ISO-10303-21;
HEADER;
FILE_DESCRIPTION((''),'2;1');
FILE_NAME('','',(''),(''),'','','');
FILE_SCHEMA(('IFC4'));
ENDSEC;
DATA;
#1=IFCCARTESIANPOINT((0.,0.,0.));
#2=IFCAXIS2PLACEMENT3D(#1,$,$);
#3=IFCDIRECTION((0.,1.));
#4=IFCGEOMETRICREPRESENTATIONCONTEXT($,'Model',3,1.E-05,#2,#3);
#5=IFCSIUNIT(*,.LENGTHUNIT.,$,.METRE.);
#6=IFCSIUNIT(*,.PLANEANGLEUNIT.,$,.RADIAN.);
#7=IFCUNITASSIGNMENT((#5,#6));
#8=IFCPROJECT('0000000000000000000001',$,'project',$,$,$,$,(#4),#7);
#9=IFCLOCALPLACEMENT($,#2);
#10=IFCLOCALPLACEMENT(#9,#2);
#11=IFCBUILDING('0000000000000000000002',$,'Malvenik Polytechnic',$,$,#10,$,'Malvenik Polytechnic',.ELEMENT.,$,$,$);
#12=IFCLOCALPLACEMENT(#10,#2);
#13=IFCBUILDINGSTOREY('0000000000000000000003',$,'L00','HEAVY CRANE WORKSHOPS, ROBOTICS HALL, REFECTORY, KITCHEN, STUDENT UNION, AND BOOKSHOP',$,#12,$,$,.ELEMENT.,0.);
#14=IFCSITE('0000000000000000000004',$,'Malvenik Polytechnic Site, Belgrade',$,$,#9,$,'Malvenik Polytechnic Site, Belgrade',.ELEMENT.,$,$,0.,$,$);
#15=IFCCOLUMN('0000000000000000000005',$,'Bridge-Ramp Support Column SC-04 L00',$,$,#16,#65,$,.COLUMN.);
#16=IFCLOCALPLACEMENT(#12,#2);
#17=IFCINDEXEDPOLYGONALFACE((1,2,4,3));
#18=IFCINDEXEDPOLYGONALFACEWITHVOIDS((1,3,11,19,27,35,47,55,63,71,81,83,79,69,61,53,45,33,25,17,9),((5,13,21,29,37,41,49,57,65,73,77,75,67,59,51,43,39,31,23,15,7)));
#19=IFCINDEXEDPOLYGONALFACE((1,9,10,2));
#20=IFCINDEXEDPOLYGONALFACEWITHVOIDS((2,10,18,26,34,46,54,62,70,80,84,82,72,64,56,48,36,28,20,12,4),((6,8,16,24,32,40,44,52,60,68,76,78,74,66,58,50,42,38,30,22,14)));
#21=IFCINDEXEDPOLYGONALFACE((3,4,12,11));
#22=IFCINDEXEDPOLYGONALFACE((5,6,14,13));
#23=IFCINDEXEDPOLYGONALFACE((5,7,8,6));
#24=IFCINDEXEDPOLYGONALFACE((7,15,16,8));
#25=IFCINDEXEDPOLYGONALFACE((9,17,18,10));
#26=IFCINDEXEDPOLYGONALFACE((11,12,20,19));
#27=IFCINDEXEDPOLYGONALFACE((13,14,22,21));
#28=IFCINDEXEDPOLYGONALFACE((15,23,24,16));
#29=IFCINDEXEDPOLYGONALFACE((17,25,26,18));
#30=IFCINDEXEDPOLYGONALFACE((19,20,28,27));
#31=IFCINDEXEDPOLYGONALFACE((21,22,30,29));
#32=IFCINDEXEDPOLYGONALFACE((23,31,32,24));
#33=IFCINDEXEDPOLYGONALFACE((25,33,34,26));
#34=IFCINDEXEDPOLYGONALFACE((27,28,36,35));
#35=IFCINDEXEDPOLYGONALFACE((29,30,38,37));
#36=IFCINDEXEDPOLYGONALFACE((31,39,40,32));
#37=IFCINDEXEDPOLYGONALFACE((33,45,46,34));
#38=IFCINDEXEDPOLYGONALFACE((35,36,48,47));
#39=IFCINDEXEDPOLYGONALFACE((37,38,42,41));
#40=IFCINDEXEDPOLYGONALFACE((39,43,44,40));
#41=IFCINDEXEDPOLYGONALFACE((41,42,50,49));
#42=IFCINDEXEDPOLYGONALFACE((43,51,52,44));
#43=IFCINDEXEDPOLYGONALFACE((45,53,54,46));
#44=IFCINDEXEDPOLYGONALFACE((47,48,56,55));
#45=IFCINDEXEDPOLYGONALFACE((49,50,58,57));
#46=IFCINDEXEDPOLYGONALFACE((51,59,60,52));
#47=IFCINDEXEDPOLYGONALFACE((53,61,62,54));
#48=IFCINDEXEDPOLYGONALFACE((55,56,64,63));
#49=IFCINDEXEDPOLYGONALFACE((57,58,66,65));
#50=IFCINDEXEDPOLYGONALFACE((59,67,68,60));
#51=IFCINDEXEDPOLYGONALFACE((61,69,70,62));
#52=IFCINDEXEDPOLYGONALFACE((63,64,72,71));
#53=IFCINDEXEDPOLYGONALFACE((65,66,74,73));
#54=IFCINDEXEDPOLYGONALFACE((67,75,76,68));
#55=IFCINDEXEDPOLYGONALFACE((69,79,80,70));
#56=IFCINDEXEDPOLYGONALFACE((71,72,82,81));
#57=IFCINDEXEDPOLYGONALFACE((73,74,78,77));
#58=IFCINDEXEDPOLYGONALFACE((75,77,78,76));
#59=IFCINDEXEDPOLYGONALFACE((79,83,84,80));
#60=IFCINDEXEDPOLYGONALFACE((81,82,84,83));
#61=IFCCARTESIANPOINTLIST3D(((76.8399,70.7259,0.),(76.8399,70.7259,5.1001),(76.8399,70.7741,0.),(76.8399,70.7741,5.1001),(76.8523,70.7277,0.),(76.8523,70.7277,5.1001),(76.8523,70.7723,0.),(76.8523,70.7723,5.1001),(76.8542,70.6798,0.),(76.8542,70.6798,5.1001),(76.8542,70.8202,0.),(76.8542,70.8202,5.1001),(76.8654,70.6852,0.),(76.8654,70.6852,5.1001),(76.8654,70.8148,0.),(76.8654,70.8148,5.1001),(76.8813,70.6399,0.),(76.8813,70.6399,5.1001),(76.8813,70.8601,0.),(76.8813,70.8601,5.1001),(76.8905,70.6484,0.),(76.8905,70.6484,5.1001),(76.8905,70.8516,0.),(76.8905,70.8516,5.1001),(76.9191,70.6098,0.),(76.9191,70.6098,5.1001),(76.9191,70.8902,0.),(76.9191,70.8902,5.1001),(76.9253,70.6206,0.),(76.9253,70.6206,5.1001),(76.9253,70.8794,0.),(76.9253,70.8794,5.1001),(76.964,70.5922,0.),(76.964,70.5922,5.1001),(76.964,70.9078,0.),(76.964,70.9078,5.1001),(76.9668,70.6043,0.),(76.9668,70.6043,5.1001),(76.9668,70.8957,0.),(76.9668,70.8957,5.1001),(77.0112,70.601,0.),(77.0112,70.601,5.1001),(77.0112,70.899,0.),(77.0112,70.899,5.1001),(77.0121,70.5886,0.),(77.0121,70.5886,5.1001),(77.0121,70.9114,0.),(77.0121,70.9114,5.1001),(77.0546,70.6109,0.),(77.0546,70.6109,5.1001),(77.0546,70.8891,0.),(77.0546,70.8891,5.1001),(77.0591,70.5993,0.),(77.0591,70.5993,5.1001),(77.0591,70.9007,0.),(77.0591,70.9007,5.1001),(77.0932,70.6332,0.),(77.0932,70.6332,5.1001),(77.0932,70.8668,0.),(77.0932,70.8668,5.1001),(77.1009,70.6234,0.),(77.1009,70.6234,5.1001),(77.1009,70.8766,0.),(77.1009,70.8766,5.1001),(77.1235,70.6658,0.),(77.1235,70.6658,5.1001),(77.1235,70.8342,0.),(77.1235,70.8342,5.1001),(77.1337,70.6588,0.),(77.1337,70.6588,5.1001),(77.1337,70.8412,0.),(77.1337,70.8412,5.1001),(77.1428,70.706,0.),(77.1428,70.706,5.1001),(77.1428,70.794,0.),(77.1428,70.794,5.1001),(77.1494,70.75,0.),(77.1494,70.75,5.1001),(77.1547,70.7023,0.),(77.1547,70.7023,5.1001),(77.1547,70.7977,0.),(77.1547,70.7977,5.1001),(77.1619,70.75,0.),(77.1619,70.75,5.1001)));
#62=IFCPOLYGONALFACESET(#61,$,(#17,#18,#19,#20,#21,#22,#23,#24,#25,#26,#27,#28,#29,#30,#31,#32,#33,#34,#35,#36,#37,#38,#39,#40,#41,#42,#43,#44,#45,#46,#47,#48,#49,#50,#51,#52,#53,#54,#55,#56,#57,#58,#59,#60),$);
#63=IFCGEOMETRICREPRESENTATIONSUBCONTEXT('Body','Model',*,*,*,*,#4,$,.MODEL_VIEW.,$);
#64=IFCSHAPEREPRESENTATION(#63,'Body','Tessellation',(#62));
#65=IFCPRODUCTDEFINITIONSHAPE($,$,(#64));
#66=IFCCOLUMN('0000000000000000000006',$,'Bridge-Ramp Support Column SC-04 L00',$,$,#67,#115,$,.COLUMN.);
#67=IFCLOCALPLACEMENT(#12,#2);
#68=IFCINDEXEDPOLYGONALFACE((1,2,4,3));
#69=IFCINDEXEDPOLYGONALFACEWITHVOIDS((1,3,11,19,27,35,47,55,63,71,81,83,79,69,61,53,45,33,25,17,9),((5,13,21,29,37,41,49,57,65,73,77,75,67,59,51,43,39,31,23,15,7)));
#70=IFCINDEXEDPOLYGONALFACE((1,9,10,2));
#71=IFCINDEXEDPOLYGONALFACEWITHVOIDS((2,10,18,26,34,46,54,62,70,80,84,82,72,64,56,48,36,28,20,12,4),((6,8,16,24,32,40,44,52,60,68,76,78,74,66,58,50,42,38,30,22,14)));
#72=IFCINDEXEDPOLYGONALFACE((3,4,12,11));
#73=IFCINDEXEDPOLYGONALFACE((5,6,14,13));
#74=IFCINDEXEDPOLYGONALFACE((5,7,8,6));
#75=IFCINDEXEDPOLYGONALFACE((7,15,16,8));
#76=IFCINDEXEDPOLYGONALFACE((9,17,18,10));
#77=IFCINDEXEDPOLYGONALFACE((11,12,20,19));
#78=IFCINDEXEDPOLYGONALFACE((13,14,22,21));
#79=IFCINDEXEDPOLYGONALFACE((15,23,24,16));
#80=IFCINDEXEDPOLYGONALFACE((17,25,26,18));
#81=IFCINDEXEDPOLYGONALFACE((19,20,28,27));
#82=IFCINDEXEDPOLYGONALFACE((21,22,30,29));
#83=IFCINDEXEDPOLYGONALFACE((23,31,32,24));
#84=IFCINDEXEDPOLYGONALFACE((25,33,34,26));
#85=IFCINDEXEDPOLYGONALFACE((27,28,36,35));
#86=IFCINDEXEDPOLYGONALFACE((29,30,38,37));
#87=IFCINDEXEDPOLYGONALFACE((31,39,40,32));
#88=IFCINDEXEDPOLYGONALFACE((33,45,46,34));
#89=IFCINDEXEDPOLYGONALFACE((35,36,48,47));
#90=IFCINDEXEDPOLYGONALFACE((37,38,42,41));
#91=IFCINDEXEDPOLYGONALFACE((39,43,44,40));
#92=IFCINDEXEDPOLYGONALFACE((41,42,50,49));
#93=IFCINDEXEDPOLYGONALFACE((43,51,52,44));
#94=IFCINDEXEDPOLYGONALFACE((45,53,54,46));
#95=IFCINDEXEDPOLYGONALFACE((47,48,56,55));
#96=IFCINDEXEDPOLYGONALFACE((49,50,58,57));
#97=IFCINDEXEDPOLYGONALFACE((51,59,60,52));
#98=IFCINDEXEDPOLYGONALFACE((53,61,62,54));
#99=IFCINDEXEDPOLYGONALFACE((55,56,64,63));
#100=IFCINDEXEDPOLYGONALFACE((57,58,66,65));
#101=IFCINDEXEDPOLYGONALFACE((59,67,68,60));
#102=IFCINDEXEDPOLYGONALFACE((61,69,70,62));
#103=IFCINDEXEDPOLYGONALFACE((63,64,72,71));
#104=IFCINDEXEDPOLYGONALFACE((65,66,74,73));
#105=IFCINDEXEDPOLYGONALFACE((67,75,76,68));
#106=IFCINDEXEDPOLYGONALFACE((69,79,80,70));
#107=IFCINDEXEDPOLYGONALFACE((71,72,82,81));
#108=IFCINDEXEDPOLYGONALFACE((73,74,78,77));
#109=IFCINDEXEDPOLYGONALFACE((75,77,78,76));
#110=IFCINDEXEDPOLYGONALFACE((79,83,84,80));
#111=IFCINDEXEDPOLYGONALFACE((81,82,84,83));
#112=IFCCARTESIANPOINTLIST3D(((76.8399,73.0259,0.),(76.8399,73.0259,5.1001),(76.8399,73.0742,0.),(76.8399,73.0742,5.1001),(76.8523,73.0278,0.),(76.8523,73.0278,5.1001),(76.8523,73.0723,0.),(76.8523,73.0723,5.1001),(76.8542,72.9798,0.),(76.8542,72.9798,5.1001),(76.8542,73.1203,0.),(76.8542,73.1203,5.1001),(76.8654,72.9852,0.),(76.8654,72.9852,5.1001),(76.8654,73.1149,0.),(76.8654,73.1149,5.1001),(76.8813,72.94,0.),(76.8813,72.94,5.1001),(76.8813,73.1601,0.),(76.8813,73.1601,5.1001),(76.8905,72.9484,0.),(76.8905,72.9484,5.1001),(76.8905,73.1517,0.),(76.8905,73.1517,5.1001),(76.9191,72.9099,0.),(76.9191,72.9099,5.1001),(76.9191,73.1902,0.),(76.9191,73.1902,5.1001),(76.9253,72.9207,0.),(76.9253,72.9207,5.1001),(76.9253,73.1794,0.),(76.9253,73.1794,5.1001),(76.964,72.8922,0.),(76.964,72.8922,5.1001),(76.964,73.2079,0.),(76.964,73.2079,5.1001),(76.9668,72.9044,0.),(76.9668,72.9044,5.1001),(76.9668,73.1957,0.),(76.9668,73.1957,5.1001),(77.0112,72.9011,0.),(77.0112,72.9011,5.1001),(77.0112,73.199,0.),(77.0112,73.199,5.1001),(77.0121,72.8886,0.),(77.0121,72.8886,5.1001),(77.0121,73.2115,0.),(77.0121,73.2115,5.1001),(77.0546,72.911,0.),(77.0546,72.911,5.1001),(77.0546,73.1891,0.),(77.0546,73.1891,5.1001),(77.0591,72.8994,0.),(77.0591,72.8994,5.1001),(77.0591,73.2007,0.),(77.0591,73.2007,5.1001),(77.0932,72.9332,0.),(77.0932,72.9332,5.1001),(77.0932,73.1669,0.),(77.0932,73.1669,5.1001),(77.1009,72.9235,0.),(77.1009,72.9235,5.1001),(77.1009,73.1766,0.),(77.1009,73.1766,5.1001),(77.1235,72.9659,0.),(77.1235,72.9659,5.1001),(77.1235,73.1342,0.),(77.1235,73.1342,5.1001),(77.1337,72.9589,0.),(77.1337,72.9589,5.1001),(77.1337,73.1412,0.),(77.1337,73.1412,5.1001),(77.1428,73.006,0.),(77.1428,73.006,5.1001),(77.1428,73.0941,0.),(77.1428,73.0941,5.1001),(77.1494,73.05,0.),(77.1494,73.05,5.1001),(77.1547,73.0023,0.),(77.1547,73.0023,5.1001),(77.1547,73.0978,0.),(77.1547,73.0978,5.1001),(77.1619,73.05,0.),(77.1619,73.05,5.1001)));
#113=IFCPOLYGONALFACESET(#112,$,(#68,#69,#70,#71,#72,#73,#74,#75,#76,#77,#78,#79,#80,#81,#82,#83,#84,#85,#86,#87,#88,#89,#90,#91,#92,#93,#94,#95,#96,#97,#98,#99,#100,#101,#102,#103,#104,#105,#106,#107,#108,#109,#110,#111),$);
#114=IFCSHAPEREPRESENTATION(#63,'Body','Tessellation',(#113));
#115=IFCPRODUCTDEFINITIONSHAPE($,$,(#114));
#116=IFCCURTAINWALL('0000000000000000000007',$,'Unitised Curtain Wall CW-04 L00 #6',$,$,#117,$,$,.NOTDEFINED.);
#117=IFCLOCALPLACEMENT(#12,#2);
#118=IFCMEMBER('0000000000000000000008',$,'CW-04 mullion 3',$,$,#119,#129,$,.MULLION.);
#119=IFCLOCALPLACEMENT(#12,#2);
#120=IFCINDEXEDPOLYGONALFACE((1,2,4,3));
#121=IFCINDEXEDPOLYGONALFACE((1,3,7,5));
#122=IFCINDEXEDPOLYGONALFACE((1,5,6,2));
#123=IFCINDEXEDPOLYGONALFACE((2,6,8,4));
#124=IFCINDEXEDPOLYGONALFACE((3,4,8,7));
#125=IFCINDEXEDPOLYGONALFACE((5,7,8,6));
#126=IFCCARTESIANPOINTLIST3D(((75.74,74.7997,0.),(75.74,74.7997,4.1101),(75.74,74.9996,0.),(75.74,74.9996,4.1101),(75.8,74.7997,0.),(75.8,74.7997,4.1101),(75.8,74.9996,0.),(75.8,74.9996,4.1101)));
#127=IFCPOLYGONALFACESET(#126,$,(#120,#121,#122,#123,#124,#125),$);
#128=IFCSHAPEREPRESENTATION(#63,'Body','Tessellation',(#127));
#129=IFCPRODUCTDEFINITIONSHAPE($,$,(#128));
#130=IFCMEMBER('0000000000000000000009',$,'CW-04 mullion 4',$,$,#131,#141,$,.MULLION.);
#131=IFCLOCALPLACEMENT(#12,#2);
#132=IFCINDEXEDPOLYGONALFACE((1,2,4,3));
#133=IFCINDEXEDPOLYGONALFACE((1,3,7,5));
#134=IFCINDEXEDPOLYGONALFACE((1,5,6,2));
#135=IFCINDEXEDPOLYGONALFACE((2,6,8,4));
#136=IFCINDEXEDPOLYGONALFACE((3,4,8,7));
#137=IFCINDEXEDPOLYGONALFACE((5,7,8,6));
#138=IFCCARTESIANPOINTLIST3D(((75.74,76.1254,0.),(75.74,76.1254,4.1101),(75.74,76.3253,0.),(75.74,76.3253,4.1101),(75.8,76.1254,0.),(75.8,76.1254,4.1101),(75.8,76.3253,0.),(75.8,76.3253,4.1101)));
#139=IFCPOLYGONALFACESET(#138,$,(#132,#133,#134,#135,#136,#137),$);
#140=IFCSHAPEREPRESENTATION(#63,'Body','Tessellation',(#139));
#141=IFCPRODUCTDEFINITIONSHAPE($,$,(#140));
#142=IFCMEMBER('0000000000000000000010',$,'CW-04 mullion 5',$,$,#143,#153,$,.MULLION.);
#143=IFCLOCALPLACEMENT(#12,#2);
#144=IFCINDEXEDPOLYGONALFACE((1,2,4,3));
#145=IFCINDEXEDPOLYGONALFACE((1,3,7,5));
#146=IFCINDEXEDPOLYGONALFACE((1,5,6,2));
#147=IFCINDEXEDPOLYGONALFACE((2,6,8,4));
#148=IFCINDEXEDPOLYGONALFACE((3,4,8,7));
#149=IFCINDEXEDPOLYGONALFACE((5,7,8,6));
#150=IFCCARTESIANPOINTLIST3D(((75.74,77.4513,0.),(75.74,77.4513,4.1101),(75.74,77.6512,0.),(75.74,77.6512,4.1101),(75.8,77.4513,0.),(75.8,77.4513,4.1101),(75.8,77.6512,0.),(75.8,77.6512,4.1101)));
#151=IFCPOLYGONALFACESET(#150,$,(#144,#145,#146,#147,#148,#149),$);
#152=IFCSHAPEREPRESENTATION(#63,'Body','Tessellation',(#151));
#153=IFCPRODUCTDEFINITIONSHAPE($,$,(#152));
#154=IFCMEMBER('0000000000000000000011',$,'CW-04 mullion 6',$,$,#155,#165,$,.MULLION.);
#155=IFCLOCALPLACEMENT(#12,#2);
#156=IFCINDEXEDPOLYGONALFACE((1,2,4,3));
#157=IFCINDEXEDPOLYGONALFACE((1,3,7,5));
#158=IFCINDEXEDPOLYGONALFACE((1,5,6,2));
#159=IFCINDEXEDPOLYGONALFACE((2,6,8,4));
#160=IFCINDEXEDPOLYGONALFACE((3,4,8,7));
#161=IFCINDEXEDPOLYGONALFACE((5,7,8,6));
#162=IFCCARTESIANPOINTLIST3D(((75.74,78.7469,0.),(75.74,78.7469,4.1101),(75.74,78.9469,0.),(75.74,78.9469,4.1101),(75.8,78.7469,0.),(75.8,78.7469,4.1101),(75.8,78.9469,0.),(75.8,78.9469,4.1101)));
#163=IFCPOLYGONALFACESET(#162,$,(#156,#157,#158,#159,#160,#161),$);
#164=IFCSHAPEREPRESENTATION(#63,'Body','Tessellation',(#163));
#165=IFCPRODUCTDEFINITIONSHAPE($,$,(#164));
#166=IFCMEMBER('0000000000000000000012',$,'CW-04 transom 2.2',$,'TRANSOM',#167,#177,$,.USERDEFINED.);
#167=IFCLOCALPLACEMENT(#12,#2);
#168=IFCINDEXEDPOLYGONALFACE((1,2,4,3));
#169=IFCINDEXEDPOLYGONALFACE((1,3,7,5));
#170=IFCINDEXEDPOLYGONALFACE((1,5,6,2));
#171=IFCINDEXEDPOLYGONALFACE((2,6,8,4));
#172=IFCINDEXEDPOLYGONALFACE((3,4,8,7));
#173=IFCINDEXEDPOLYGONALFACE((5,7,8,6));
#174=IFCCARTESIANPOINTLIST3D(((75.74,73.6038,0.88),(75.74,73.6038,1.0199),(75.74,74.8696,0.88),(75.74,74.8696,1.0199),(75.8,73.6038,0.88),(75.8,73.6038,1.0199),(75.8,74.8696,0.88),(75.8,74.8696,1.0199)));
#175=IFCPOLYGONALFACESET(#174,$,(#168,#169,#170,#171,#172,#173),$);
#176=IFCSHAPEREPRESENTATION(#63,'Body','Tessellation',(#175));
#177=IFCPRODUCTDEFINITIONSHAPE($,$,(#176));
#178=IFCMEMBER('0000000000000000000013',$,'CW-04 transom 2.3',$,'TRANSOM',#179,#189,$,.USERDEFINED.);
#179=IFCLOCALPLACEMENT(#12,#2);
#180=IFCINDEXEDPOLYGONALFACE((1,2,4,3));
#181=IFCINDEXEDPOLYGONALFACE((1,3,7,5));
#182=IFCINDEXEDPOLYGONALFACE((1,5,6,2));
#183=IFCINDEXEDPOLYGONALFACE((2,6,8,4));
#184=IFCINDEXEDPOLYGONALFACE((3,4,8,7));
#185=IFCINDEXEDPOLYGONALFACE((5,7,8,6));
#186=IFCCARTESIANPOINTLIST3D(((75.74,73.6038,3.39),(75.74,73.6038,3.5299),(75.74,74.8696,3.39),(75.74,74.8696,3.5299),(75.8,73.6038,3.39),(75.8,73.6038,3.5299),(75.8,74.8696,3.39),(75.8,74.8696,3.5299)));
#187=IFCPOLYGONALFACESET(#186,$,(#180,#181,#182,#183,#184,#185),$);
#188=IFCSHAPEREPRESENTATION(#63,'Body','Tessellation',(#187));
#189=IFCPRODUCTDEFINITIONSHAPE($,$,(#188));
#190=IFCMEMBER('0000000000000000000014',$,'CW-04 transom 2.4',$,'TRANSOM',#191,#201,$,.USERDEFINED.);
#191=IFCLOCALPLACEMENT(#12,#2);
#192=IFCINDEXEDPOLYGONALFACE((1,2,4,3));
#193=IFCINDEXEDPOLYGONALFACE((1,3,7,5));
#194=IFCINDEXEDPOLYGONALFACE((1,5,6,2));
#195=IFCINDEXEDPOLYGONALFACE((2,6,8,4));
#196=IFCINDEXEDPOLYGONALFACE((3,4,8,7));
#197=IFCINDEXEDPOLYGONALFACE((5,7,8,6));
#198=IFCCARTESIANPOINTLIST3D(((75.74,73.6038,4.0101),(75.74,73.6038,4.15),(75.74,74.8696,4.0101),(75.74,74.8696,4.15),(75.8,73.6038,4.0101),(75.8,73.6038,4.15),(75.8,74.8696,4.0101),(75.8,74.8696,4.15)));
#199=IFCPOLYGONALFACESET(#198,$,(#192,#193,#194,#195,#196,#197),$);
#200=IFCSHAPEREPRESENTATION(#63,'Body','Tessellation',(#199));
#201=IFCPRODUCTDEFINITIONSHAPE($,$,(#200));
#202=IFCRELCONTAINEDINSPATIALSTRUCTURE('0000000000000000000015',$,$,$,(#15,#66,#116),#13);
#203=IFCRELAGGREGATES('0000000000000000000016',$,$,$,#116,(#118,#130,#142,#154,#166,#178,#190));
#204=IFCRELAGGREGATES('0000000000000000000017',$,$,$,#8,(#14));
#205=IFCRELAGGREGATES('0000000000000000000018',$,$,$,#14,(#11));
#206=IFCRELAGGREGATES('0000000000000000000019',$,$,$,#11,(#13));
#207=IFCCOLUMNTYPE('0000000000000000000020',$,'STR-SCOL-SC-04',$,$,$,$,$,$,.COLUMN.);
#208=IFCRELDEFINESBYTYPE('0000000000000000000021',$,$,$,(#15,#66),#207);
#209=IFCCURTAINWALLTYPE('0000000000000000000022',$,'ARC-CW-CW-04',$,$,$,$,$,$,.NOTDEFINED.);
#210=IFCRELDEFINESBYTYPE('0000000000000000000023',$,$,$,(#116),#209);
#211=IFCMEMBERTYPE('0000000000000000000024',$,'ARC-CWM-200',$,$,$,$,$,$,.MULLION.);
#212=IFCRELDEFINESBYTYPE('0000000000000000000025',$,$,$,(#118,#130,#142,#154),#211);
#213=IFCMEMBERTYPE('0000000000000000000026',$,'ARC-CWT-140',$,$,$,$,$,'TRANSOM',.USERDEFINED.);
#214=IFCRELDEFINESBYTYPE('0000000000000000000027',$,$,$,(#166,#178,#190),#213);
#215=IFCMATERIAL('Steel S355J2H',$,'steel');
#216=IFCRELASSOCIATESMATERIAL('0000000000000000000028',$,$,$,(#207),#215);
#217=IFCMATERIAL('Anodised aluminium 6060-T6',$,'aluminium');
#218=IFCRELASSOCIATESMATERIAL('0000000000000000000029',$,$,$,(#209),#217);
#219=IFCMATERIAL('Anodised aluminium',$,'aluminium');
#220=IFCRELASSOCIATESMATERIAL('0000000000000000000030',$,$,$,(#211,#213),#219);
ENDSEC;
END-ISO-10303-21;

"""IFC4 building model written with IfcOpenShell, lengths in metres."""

from ifc_helpers import new_model, si_unit, direction, frame, origin, origin_2d, place, context, subcontext, project, spatial, rectangle, hollow_circle, extrude, material, material_profile, profile_set, type_object, element, aggregate, save


model = new_model("IFC4")

# Units and contexts
model_context = context("Model", 3, precision=1e-05, world=origin(), true_north=direction((0.0, 1.0)))
body_context = subcontext(model_context, "Body", "Model", "MODEL_VIEW")
ifc_project = project(units=[si_unit("LENGTHUNIT", "METRE"), si_unit("PLANEANGLEUNIT", "RADIAN")], contexts=[model_context])

# Site, building, storey
site_placement = place(None, origin())
site = spatial("IfcSite", under=ifc_project, at=site_placement, Name="Malvenik Polytechnic Site, Belgrade", LongName="Malvenik Polytechnic Site, Belgrade", CompositionType="ELEMENT", RefElevation=0.0)
building_placement = place(site_placement, origin())
building = spatial("IfcBuilding", under=site, at=building_placement, Name="Malvenik Polytechnic", LongName="Malvenik Polytechnic", CompositionType="ELEMENT")
storey_placement = place(building_placement, origin())
storey = spatial("IfcBuildingStorey", under=building, at=storey_placement, Name="L00", Description="HEAVY CRANE WORKSHOPS, ROBOTICS HALL, REFECTORY, KITCHEN, STUDENT UNION, AND BOOKSHOP", CompositionType="ELEMENT", Elevation=0.0)

# Columns
ifc_material_1 = material(Name="Steel S355J2H", Category="steel")
ifc_material_profile_1 = material_profile(ifc_material_1, hollow_circle(Radius=0.1619, WallThickness=0.0125, at=origin_2d()), Name="CHS 323.9x12.5")
ifc_profile_set_1 = profile_set([ifc_material_profile_1], Name="Steel S355J2H")
column_type = type_object("IfcColumnType", Name="STR-SCOL-SC-04", PredefinedType="COLUMN", material=ifc_profile_set_1)
for number, where, z_axis, x_axis, name in (
    (1, (77.0, 70.75, 0.0), (0.0, 0.0, 1.0), (1.0, 0.0, 0.0), "Bridge-Ramp Support Column SC-04 L00"),
    (2, (77.0, 73.05, 0.0), (0.0, 0.0, 1.0), (1.0, 0.0, 0.0), "Bridge-Ramp Support Column SC-04 L00"),
):
    element("IfcColumn", number, at=place(storey_placement, frame(where, z_axis=z_axis, x_axis=x_axis)), inside=storey, type_object=column_type, Name=name, PredefinedType="COLUMN", context=body_context, shape_type="SweptSolid", body=[
        extrude(hollow_circle(Radius=0.1619, WallThickness=0.0125, at=origin_2d()), origin(), (0.0, 0.0, 1.0), 5.1001),
    ])

# Curtain wall, members
ifc_material_2 = material(Name="Anodised aluminium 6060-T6", Category="aluminium")
curtain_wall_type = type_object("IfcCurtainWallType", Name="ARC-CW-CW-04", PredefinedType="NOTDEFINED", material=ifc_material_2)
curtain_wall_placement = place(storey_placement, origin())
curtain_wall = element("IfcCurtainWall", 3, at=curtain_wall_placement, inside=storey, type_object=curtain_wall_type, Name="Unitised Curtain Wall CW-04 L00 #6", PredefinedType="NOTDEFINED")
ifc_material_3 = material(Name="Anodised aluminium", Category="aluminium")
ifc_material_profile_2 = material_profile(ifc_material_3, rectangle(XDim=0.0601, YDim=0.2, at=origin_2d()), Name="ALU MULLION 60x200")
ifc_profile_set_2 = profile_set([ifc_material_profile_2], Name="Anodised aluminium")
member_type_1 = type_object("IfcMemberType", Name="ARC-CWM-200", PredefinedType="MULLION", material=ifc_profile_set_2)
member_1_placement = place(storey_placement, frame((75.77, 74.8997, 0.0), z_axis=(0.0, 0.0, 1.0), x_axis=(-1.0, 0.0, 0.0)))
member_1 = element("IfcMember", 4, at=member_1_placement, type_object=member_type_1, Name="CW-04 mullion 3", PredefinedType="MULLION", context=body_context, shape_type="SweptSolid", body=[
    extrude(rectangle(XDim=0.0601, YDim=0.2, at=origin_2d()), origin(), (0.0, 0.0, 1.0), 4.1101),
])
member_2_placement = place(storey_placement, frame((75.77, 76.2253, 0.0), z_axis=(0.0, 0.0, 1.0), x_axis=(-1.0, 0.0, 0.0)))
member_2 = element("IfcMember", 5, at=member_2_placement, type_object=member_type_1, Name="CW-04 mullion 4", PredefinedType="MULLION", context=body_context, shape_type="SweptSolid", body=[
    extrude(rectangle(XDim=0.0601, YDim=0.2, at=origin_2d()), origin(), (0.0, 0.0, 1.0), 4.1101),
])
member_3_placement = place(storey_placement, frame((75.77, 77.5513, 0.0), z_axis=(0.0, 0.0, 1.0), x_axis=(-1.0, 0.0, 0.0)))
member_3 = element("IfcMember", 6, at=member_3_placement, type_object=member_type_1, Name="CW-04 mullion 5", PredefinedType="MULLION", context=body_context, shape_type="SweptSolid", body=[
    extrude(rectangle(XDim=0.0601, YDim=0.2, at=origin_2d()), origin(), (0.0, 0.0, 1.0), 4.1101),
])
member_4_placement = place(storey_placement, frame((75.77, 78.8469, 0.0), z_axis=(0.0, 0.0, 1.0), x_axis=(-1.0, 0.0, 0.0)))
member_4 = element("IfcMember", 7, at=member_4_placement, type_object=member_type_1, Name="CW-04 mullion 6", PredefinedType="MULLION", context=body_context, shape_type="SweptSolid", body=[
    extrude(rectangle(XDim=0.0601, YDim=0.2, at=origin_2d()), origin(), (0.0, 0.0, 1.0), 4.1101),
])
ifc_material_profile_3 = material_profile(ifc_material_3, rectangle(XDim=0.0601, YDim=0.1399, at=origin_2d()), Name="ALU TRANSOM 60x140")
ifc_profile_set_3 = profile_set([ifc_material_profile_3], Name="Anodised aluminium")
member_type_2 = type_object("IfcMemberType", Name="ARC-CWT-140", ElementType="TRANSOM", PredefinedType="USERDEFINED", material=ifc_profile_set_3)
member_5_placement = place(storey_placement, frame((75.77, 73.6038, 0.95), z_axis=(0.0, 1.0, 0.0), x_axis=(-1.0, 0.0, 0.0)))
member_5 = element("IfcMember", 8, at=member_5_placement, type_object=member_type_2, Name="CW-04 transom 2.2", ObjectType="TRANSOM", PredefinedType="USERDEFINED", context=body_context, shape_type="SweptSolid", body=[
    extrude(rectangle(XDim=0.0601, YDim=0.1399, at=origin_2d()), origin(), (0.0, 0.0, 1.0), 1.2659),
])
member_6_placement = place(storey_placement, frame((75.77, 73.6038, 3.46), z_axis=(0.0, 1.0, 0.0), x_axis=(-1.0, 0.0, 0.0)))
member_6 = element("IfcMember", 9, at=member_6_placement, type_object=member_type_2, Name="CW-04 transom 2.3", ObjectType="TRANSOM", PredefinedType="USERDEFINED", context=body_context, shape_type="SweptSolid", body=[
    extrude(rectangle(XDim=0.0601, YDim=0.1399, at=origin_2d()), origin(), (0.0, 0.0, 1.0), 1.2659),
])
member_7_placement = place(storey_placement, frame((75.77, 73.6038, 4.0801), z_axis=(0.0, 1.0, 0.0), x_axis=(-1.0, 0.0, 0.0)))
member_7 = element("IfcMember", 10, at=member_7_placement, type_object=member_type_2, Name="CW-04 transom 2.4", ObjectType="TRANSOM", PredefinedType="USERDEFINED", context=body_context, shape_type="SweptSolid", body=[
    extrude(rectangle(XDim=0.0601, YDim=0.1399, at=origin_2d()), origin(), (0.0, 0.0, 1.0), 1.2659),
])

aggregate(curtain_wall, [member_1, member_2, member_3, member_4, member_5, member_6, member_7])

save(model, "model.ifc")
